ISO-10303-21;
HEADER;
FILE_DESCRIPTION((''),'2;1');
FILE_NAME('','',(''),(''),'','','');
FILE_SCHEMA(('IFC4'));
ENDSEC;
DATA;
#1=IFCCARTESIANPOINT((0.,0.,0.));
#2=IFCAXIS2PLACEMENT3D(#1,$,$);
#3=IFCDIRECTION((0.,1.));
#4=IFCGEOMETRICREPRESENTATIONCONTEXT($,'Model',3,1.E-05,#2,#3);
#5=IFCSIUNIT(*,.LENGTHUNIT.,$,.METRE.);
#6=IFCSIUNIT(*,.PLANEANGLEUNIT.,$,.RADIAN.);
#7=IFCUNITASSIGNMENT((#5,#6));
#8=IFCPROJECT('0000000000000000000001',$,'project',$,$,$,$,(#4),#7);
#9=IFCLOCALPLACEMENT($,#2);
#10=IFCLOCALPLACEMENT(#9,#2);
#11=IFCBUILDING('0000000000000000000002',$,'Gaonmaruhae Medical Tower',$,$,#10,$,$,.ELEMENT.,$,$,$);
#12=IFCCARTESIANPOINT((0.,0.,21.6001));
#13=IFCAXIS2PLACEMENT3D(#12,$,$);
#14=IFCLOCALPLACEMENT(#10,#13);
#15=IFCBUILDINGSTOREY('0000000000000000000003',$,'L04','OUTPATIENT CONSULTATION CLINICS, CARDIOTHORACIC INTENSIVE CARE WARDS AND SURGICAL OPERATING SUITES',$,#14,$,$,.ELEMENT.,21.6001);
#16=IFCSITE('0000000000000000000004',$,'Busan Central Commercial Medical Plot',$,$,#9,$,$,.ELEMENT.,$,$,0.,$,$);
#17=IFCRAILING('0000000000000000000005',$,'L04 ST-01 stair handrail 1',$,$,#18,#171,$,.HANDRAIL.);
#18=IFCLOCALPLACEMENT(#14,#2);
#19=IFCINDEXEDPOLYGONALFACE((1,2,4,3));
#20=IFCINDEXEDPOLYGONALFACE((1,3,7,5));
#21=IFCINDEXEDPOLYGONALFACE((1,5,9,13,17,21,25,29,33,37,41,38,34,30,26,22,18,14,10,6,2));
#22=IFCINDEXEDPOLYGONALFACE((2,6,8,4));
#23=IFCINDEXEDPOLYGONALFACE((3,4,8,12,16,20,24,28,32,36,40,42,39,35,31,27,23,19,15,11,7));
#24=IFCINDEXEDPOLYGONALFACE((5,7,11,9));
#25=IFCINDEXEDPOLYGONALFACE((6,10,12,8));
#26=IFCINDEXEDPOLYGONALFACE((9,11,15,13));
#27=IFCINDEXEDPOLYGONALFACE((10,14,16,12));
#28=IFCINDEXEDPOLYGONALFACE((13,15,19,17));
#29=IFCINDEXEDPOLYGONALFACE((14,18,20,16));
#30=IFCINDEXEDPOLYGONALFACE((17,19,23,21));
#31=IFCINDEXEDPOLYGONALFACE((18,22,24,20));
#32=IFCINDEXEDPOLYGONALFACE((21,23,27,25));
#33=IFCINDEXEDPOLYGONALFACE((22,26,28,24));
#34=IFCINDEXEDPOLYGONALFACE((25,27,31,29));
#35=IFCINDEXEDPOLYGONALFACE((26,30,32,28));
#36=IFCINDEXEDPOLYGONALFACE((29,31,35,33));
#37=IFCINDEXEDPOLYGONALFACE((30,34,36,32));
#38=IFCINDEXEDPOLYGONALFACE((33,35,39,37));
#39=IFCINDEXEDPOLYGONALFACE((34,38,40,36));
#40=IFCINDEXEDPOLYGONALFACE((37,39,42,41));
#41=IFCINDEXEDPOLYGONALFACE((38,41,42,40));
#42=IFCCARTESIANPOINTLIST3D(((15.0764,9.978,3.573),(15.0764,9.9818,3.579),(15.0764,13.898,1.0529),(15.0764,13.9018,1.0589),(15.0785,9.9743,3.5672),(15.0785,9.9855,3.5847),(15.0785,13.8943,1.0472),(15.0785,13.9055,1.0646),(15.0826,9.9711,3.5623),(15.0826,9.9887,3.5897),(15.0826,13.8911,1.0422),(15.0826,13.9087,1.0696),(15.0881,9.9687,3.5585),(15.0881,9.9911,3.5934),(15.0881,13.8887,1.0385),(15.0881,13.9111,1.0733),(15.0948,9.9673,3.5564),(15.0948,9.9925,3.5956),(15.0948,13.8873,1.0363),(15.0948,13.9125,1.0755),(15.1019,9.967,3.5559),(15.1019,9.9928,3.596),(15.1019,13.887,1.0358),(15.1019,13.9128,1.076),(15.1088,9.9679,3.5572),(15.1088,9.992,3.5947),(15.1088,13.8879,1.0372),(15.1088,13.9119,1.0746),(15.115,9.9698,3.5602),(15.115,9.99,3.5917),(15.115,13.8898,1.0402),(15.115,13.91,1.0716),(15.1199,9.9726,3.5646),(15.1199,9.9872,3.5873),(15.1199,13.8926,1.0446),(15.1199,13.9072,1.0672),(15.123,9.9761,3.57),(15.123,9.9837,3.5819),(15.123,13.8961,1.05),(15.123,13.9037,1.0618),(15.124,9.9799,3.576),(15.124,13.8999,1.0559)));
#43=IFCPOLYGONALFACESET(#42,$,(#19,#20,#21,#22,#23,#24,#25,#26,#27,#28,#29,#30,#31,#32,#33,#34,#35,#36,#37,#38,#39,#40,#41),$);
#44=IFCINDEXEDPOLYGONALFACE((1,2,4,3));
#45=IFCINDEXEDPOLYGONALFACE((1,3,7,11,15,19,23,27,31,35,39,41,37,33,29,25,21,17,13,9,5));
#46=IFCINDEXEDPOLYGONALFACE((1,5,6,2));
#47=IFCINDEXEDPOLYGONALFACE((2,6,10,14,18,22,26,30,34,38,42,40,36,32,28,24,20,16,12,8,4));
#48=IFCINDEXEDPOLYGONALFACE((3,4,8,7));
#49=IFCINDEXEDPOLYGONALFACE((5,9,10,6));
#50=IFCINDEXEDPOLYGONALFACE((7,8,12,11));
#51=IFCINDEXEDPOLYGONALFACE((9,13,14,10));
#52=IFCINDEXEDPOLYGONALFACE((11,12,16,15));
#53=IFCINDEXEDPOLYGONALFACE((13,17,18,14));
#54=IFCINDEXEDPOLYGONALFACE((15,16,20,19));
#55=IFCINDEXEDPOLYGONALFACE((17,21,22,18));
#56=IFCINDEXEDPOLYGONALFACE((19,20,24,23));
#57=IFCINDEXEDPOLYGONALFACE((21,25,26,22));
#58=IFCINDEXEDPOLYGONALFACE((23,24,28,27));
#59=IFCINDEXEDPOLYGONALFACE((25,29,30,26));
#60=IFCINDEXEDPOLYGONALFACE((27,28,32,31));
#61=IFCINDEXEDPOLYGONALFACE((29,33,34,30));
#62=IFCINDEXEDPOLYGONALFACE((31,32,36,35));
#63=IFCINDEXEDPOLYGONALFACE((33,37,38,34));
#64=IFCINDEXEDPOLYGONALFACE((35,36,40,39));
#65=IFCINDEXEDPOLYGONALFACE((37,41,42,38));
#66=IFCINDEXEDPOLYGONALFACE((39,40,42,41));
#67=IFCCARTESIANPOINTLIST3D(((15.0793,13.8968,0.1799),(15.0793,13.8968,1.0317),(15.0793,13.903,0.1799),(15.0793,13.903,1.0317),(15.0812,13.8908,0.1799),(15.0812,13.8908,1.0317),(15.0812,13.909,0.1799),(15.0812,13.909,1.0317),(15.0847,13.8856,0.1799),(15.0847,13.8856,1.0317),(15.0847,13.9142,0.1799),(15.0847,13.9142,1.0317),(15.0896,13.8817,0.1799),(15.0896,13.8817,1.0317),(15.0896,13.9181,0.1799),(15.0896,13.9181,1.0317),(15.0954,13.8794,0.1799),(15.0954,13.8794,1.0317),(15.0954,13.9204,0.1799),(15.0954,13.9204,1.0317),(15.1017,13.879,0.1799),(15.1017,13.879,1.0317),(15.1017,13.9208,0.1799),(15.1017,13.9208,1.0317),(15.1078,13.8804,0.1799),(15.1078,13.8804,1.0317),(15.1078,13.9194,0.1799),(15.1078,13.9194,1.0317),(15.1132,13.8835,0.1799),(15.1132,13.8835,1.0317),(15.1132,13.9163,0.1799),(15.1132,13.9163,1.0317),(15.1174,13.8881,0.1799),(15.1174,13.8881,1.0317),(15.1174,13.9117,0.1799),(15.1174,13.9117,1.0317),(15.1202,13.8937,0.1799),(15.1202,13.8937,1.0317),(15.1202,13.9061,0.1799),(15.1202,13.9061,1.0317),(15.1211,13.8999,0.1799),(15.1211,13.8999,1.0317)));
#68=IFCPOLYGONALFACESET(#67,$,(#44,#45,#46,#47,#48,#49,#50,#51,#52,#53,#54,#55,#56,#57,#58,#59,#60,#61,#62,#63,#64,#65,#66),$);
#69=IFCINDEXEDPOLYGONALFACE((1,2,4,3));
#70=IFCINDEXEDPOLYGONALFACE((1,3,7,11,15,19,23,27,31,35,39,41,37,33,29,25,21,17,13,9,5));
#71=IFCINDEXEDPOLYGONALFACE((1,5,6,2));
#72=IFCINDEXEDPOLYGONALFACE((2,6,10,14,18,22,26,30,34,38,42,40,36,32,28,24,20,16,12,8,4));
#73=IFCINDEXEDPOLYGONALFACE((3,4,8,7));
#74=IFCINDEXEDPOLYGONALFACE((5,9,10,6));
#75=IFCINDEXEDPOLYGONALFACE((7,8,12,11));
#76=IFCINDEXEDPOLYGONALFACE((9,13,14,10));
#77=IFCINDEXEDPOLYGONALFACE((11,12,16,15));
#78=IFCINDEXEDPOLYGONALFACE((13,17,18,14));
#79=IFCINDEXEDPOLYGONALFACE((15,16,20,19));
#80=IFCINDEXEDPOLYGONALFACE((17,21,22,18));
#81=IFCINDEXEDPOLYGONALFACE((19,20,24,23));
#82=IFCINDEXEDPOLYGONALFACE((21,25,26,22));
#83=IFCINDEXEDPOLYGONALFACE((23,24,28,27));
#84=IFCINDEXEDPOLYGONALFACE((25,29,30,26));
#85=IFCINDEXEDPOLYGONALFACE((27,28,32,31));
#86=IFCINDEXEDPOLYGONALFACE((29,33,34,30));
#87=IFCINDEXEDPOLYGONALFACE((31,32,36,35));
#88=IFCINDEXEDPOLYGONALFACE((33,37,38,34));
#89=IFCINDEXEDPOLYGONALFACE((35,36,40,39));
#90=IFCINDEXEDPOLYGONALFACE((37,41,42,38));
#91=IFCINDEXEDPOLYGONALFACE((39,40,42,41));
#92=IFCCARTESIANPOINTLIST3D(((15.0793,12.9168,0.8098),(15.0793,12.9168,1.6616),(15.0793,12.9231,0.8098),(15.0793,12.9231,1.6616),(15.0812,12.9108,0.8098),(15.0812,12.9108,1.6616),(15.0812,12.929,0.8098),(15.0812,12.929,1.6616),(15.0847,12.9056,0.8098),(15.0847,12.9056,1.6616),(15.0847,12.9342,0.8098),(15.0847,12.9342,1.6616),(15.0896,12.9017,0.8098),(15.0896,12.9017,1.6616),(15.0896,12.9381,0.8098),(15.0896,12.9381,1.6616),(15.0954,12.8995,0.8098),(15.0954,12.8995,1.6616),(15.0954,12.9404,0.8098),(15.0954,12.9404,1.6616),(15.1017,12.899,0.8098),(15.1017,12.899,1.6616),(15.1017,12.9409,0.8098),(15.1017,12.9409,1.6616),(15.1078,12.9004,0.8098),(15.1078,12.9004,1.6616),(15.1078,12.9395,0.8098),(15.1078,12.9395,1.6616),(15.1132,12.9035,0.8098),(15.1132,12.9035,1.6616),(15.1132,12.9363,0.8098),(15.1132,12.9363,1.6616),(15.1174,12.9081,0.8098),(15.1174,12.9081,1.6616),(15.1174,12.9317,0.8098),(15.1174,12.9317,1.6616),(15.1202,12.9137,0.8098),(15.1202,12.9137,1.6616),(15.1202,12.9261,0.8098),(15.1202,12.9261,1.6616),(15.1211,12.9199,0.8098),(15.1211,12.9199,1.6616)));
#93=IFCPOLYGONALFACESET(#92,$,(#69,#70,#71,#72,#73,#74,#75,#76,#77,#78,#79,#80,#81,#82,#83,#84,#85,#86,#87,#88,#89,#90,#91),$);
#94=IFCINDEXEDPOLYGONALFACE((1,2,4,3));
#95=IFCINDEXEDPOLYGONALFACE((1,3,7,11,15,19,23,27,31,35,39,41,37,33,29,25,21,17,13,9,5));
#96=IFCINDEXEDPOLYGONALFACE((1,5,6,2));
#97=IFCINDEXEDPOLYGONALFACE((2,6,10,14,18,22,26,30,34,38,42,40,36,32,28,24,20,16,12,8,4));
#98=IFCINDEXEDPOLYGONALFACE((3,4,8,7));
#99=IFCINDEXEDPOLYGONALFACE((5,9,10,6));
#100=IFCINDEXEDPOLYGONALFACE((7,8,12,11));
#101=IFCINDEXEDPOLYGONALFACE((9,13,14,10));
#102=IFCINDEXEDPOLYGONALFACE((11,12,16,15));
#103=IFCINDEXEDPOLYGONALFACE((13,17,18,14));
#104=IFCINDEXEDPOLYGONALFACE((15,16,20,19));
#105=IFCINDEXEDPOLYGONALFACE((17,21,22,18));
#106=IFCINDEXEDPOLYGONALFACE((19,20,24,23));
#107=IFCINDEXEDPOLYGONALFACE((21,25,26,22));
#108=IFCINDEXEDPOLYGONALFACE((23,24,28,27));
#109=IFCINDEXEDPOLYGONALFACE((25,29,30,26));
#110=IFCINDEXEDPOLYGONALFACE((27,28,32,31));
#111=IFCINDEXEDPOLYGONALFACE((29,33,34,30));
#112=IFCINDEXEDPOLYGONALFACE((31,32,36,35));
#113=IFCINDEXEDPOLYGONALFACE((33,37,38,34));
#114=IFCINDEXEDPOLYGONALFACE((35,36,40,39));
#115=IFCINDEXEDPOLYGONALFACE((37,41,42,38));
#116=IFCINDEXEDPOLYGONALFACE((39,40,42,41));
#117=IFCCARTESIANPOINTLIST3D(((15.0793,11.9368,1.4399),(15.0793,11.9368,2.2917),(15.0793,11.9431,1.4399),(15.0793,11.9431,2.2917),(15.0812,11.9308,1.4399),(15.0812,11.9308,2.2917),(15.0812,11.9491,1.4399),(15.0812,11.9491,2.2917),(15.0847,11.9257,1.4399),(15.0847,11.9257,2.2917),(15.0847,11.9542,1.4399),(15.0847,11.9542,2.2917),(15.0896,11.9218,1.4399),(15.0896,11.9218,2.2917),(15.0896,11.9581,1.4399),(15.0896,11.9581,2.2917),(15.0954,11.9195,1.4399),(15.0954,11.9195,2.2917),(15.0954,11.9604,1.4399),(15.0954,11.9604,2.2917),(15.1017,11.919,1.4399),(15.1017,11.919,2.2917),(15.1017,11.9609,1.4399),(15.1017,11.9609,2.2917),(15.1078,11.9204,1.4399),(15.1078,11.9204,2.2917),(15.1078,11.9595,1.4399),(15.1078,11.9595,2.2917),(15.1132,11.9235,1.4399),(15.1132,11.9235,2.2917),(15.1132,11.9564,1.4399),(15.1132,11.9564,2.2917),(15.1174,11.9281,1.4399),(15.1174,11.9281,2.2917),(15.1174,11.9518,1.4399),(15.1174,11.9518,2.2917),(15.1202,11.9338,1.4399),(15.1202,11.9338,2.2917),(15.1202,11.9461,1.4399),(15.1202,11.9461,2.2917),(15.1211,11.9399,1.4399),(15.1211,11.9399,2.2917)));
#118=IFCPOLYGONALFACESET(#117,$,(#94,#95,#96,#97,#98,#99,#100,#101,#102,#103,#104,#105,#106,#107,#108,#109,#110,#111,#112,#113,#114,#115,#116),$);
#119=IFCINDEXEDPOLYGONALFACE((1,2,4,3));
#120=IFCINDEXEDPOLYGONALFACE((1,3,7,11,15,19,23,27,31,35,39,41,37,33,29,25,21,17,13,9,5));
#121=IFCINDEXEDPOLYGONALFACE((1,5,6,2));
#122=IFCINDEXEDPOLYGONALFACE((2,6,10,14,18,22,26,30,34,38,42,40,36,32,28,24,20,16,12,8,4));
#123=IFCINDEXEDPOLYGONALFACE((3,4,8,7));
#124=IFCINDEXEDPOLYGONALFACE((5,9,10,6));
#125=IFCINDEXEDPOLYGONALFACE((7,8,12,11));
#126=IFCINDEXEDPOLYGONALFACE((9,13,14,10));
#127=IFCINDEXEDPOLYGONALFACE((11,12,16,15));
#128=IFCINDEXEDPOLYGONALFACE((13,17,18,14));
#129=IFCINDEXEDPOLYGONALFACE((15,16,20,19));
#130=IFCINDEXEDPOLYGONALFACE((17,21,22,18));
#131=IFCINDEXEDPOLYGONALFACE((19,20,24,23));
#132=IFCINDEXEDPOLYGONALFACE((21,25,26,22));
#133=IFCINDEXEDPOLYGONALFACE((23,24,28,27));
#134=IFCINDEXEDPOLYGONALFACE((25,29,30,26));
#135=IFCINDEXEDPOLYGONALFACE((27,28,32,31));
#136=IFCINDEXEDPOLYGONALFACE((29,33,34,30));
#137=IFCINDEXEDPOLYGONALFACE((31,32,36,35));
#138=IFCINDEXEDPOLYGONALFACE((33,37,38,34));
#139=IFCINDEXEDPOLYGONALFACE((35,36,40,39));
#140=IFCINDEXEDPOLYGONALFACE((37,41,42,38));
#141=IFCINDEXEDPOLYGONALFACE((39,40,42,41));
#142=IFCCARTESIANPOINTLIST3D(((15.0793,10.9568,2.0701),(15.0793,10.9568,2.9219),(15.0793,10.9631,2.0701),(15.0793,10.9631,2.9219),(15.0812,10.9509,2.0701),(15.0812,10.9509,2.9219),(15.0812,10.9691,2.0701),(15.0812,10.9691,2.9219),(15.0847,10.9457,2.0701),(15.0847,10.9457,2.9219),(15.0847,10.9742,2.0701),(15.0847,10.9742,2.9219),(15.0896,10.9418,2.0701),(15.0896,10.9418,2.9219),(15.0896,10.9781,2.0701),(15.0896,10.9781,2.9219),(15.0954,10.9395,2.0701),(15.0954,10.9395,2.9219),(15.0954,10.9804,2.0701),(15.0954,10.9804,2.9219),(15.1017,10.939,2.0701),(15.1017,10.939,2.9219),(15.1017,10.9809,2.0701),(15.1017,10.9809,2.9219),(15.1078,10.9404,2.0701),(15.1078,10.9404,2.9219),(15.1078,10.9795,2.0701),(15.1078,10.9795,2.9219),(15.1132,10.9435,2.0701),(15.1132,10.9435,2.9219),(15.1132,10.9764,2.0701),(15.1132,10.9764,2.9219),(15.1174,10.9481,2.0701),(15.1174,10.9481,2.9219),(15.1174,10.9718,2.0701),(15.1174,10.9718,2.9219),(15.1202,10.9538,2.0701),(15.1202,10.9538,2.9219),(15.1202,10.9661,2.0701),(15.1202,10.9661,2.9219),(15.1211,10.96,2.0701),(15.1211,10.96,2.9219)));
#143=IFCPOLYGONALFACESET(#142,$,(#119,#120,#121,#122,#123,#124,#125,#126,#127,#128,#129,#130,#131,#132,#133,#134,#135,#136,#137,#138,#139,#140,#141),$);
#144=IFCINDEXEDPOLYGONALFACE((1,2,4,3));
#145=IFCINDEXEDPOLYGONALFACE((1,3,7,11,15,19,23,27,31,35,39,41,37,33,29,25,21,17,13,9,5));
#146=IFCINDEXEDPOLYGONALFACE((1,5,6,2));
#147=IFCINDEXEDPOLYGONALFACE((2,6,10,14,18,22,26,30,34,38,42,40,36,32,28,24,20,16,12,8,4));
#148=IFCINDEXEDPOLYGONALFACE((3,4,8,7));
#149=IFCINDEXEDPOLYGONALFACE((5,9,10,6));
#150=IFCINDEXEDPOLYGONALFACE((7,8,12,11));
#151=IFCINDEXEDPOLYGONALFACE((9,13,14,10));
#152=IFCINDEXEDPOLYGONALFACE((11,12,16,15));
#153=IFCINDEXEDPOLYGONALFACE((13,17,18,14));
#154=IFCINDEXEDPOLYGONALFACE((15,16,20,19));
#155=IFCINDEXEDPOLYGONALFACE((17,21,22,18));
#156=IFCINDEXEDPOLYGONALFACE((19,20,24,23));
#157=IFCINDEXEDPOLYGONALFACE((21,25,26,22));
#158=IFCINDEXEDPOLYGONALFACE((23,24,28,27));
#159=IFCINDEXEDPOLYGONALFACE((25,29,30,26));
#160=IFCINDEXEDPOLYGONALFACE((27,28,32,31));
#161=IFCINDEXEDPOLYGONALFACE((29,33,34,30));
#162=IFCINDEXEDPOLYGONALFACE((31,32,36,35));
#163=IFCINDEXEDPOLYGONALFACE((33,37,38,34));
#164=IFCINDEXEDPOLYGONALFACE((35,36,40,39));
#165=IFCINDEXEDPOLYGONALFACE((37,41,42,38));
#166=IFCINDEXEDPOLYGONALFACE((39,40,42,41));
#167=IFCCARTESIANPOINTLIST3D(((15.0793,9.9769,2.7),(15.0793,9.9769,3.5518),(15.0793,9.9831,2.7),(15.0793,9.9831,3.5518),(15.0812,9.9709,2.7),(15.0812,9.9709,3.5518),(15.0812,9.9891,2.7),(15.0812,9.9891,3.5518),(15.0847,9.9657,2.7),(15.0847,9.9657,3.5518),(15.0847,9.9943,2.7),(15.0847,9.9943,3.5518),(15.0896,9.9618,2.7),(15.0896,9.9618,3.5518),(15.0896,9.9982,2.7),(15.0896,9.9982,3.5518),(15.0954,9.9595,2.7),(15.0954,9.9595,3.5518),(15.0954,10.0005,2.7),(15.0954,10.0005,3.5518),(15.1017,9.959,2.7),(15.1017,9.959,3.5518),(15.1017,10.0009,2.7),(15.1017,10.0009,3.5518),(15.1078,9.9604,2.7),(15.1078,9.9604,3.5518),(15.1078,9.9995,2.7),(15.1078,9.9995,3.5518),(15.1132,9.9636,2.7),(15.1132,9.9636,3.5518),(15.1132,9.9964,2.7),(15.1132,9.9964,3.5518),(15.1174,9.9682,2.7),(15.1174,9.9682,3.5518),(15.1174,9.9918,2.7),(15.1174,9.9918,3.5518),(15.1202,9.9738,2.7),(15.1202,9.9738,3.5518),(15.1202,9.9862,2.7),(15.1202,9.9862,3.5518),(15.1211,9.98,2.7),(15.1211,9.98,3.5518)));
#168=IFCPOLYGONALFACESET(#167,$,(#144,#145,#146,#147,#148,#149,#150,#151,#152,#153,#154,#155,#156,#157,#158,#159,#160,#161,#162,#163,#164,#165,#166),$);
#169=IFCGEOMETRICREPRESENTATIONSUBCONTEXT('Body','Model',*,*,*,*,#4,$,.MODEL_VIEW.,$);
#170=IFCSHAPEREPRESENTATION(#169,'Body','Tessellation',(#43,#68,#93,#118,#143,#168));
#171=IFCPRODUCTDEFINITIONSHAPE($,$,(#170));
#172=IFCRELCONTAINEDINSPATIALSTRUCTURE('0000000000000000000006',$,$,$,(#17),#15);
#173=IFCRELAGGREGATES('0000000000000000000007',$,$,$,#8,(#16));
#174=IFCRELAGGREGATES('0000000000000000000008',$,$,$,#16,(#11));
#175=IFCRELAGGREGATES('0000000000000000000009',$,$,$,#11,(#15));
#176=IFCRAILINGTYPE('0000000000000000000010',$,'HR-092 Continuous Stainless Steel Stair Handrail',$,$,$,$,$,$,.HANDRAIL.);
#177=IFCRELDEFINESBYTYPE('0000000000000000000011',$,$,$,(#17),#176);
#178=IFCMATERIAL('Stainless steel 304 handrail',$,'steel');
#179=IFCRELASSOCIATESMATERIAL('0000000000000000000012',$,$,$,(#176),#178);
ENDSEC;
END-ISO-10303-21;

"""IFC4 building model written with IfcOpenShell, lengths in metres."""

from ifc_helpers import new_model, si_unit, direction, frame, origin, origin_2d, place, context, subcontext, project, spatial, circle, extrude, material, type_object, element, save


model = new_model("IFC4")

# Units and contexts
model_context = context("Model", 3, precision=1e-05, world=origin(), true_north=direction((0.0, 1.0)))
body_context = subcontext(model_context, "Body", "Model", "MODEL_VIEW")
ifc_project = project(units=[si_unit("LENGTHUNIT", "METRE"), si_unit("PLANEANGLEUNIT", "RADIAN")], contexts=[model_context])

# Site, building, storey
site_placement = place(None, origin())
site = spatial("IfcSite", under=ifc_project, at=site_placement, Name="Busan Central Commercial Medical Plot", CompositionType="ELEMENT", RefElevation=0.0)
building_placement = place(site_placement, origin())
building = spatial("IfcBuilding", under=site, at=building_placement, Name="Gaonmaruhae Medical Tower", CompositionType="ELEMENT")
storey_placement = place(building_placement, frame((0.0, 0.0, 21.6001)))
storey = spatial("IfcBuildingStorey", under=building, at=storey_placement, Name="L04", Description="OUTPATIENT CONSULTATION CLINICS, CARDIOTHORACIC INTENSIVE CARE WARDS AND SURGICAL OPERATING SUITES", CompositionType="ELEMENT", Elevation=21.6001)

# Railing
ifc_material_1 = material(Name="Stainless steel 304 handrail", Category="steel")
railing_type_1 = type_object("IfcRailingType", Name="HR-092 Continuous Stainless Steel Stair Handrail", PredefinedType="HANDRAIL", material=ifc_material_1)
railing_1_placement = place(storey_placement, frame((15.1001, 13.8999, 0.1799)))
element("IfcRailing", 1, at=railing_1_placement, inside=storey, type_object=railing_type_1, Name="L04 ST-01 stair handrail 1", PredefinedType="HANDRAIL", context=body_context, shape_type="SweptSolid", body=[
    extrude(circle(Radius=0.0239, at=origin_2d()), frame((0.0, 0.0, 0.876), z_axis=(0.0, -0.841172, 0.540768), x_axis=(1.0, 0.0, 0.0)), (0.0, 0.0, 1.0), 4.6602),
    extrude(circle(Radius=0.021, at=origin_2d()), origin(), (0.0, 0.0, 1.0), 0.8518),
    extrude(circle(Radius=0.021, at=origin_2d()), frame((0.0, -0.98, 0.6299)), (0.0, 0.0, 1.0), 0.8518),
    extrude(circle(Radius=0.021, at=origin_2d()), frame((0.0, -1.96, 1.26)), (0.0, 0.0, 1.0), 0.8518),
    extrude(circle(Radius=0.021, at=origin_2d()), frame((0.0, -2.9399, 1.8901)), (0.0, 0.0, 1.0), 0.8518),
    extrude(circle(Radius=0.021, at=origin_2d()), frame((0.0, -3.9199, 2.52)), (0.0, 0.0, 1.0), 0.8518),
])

save(model, "model.ifc")
